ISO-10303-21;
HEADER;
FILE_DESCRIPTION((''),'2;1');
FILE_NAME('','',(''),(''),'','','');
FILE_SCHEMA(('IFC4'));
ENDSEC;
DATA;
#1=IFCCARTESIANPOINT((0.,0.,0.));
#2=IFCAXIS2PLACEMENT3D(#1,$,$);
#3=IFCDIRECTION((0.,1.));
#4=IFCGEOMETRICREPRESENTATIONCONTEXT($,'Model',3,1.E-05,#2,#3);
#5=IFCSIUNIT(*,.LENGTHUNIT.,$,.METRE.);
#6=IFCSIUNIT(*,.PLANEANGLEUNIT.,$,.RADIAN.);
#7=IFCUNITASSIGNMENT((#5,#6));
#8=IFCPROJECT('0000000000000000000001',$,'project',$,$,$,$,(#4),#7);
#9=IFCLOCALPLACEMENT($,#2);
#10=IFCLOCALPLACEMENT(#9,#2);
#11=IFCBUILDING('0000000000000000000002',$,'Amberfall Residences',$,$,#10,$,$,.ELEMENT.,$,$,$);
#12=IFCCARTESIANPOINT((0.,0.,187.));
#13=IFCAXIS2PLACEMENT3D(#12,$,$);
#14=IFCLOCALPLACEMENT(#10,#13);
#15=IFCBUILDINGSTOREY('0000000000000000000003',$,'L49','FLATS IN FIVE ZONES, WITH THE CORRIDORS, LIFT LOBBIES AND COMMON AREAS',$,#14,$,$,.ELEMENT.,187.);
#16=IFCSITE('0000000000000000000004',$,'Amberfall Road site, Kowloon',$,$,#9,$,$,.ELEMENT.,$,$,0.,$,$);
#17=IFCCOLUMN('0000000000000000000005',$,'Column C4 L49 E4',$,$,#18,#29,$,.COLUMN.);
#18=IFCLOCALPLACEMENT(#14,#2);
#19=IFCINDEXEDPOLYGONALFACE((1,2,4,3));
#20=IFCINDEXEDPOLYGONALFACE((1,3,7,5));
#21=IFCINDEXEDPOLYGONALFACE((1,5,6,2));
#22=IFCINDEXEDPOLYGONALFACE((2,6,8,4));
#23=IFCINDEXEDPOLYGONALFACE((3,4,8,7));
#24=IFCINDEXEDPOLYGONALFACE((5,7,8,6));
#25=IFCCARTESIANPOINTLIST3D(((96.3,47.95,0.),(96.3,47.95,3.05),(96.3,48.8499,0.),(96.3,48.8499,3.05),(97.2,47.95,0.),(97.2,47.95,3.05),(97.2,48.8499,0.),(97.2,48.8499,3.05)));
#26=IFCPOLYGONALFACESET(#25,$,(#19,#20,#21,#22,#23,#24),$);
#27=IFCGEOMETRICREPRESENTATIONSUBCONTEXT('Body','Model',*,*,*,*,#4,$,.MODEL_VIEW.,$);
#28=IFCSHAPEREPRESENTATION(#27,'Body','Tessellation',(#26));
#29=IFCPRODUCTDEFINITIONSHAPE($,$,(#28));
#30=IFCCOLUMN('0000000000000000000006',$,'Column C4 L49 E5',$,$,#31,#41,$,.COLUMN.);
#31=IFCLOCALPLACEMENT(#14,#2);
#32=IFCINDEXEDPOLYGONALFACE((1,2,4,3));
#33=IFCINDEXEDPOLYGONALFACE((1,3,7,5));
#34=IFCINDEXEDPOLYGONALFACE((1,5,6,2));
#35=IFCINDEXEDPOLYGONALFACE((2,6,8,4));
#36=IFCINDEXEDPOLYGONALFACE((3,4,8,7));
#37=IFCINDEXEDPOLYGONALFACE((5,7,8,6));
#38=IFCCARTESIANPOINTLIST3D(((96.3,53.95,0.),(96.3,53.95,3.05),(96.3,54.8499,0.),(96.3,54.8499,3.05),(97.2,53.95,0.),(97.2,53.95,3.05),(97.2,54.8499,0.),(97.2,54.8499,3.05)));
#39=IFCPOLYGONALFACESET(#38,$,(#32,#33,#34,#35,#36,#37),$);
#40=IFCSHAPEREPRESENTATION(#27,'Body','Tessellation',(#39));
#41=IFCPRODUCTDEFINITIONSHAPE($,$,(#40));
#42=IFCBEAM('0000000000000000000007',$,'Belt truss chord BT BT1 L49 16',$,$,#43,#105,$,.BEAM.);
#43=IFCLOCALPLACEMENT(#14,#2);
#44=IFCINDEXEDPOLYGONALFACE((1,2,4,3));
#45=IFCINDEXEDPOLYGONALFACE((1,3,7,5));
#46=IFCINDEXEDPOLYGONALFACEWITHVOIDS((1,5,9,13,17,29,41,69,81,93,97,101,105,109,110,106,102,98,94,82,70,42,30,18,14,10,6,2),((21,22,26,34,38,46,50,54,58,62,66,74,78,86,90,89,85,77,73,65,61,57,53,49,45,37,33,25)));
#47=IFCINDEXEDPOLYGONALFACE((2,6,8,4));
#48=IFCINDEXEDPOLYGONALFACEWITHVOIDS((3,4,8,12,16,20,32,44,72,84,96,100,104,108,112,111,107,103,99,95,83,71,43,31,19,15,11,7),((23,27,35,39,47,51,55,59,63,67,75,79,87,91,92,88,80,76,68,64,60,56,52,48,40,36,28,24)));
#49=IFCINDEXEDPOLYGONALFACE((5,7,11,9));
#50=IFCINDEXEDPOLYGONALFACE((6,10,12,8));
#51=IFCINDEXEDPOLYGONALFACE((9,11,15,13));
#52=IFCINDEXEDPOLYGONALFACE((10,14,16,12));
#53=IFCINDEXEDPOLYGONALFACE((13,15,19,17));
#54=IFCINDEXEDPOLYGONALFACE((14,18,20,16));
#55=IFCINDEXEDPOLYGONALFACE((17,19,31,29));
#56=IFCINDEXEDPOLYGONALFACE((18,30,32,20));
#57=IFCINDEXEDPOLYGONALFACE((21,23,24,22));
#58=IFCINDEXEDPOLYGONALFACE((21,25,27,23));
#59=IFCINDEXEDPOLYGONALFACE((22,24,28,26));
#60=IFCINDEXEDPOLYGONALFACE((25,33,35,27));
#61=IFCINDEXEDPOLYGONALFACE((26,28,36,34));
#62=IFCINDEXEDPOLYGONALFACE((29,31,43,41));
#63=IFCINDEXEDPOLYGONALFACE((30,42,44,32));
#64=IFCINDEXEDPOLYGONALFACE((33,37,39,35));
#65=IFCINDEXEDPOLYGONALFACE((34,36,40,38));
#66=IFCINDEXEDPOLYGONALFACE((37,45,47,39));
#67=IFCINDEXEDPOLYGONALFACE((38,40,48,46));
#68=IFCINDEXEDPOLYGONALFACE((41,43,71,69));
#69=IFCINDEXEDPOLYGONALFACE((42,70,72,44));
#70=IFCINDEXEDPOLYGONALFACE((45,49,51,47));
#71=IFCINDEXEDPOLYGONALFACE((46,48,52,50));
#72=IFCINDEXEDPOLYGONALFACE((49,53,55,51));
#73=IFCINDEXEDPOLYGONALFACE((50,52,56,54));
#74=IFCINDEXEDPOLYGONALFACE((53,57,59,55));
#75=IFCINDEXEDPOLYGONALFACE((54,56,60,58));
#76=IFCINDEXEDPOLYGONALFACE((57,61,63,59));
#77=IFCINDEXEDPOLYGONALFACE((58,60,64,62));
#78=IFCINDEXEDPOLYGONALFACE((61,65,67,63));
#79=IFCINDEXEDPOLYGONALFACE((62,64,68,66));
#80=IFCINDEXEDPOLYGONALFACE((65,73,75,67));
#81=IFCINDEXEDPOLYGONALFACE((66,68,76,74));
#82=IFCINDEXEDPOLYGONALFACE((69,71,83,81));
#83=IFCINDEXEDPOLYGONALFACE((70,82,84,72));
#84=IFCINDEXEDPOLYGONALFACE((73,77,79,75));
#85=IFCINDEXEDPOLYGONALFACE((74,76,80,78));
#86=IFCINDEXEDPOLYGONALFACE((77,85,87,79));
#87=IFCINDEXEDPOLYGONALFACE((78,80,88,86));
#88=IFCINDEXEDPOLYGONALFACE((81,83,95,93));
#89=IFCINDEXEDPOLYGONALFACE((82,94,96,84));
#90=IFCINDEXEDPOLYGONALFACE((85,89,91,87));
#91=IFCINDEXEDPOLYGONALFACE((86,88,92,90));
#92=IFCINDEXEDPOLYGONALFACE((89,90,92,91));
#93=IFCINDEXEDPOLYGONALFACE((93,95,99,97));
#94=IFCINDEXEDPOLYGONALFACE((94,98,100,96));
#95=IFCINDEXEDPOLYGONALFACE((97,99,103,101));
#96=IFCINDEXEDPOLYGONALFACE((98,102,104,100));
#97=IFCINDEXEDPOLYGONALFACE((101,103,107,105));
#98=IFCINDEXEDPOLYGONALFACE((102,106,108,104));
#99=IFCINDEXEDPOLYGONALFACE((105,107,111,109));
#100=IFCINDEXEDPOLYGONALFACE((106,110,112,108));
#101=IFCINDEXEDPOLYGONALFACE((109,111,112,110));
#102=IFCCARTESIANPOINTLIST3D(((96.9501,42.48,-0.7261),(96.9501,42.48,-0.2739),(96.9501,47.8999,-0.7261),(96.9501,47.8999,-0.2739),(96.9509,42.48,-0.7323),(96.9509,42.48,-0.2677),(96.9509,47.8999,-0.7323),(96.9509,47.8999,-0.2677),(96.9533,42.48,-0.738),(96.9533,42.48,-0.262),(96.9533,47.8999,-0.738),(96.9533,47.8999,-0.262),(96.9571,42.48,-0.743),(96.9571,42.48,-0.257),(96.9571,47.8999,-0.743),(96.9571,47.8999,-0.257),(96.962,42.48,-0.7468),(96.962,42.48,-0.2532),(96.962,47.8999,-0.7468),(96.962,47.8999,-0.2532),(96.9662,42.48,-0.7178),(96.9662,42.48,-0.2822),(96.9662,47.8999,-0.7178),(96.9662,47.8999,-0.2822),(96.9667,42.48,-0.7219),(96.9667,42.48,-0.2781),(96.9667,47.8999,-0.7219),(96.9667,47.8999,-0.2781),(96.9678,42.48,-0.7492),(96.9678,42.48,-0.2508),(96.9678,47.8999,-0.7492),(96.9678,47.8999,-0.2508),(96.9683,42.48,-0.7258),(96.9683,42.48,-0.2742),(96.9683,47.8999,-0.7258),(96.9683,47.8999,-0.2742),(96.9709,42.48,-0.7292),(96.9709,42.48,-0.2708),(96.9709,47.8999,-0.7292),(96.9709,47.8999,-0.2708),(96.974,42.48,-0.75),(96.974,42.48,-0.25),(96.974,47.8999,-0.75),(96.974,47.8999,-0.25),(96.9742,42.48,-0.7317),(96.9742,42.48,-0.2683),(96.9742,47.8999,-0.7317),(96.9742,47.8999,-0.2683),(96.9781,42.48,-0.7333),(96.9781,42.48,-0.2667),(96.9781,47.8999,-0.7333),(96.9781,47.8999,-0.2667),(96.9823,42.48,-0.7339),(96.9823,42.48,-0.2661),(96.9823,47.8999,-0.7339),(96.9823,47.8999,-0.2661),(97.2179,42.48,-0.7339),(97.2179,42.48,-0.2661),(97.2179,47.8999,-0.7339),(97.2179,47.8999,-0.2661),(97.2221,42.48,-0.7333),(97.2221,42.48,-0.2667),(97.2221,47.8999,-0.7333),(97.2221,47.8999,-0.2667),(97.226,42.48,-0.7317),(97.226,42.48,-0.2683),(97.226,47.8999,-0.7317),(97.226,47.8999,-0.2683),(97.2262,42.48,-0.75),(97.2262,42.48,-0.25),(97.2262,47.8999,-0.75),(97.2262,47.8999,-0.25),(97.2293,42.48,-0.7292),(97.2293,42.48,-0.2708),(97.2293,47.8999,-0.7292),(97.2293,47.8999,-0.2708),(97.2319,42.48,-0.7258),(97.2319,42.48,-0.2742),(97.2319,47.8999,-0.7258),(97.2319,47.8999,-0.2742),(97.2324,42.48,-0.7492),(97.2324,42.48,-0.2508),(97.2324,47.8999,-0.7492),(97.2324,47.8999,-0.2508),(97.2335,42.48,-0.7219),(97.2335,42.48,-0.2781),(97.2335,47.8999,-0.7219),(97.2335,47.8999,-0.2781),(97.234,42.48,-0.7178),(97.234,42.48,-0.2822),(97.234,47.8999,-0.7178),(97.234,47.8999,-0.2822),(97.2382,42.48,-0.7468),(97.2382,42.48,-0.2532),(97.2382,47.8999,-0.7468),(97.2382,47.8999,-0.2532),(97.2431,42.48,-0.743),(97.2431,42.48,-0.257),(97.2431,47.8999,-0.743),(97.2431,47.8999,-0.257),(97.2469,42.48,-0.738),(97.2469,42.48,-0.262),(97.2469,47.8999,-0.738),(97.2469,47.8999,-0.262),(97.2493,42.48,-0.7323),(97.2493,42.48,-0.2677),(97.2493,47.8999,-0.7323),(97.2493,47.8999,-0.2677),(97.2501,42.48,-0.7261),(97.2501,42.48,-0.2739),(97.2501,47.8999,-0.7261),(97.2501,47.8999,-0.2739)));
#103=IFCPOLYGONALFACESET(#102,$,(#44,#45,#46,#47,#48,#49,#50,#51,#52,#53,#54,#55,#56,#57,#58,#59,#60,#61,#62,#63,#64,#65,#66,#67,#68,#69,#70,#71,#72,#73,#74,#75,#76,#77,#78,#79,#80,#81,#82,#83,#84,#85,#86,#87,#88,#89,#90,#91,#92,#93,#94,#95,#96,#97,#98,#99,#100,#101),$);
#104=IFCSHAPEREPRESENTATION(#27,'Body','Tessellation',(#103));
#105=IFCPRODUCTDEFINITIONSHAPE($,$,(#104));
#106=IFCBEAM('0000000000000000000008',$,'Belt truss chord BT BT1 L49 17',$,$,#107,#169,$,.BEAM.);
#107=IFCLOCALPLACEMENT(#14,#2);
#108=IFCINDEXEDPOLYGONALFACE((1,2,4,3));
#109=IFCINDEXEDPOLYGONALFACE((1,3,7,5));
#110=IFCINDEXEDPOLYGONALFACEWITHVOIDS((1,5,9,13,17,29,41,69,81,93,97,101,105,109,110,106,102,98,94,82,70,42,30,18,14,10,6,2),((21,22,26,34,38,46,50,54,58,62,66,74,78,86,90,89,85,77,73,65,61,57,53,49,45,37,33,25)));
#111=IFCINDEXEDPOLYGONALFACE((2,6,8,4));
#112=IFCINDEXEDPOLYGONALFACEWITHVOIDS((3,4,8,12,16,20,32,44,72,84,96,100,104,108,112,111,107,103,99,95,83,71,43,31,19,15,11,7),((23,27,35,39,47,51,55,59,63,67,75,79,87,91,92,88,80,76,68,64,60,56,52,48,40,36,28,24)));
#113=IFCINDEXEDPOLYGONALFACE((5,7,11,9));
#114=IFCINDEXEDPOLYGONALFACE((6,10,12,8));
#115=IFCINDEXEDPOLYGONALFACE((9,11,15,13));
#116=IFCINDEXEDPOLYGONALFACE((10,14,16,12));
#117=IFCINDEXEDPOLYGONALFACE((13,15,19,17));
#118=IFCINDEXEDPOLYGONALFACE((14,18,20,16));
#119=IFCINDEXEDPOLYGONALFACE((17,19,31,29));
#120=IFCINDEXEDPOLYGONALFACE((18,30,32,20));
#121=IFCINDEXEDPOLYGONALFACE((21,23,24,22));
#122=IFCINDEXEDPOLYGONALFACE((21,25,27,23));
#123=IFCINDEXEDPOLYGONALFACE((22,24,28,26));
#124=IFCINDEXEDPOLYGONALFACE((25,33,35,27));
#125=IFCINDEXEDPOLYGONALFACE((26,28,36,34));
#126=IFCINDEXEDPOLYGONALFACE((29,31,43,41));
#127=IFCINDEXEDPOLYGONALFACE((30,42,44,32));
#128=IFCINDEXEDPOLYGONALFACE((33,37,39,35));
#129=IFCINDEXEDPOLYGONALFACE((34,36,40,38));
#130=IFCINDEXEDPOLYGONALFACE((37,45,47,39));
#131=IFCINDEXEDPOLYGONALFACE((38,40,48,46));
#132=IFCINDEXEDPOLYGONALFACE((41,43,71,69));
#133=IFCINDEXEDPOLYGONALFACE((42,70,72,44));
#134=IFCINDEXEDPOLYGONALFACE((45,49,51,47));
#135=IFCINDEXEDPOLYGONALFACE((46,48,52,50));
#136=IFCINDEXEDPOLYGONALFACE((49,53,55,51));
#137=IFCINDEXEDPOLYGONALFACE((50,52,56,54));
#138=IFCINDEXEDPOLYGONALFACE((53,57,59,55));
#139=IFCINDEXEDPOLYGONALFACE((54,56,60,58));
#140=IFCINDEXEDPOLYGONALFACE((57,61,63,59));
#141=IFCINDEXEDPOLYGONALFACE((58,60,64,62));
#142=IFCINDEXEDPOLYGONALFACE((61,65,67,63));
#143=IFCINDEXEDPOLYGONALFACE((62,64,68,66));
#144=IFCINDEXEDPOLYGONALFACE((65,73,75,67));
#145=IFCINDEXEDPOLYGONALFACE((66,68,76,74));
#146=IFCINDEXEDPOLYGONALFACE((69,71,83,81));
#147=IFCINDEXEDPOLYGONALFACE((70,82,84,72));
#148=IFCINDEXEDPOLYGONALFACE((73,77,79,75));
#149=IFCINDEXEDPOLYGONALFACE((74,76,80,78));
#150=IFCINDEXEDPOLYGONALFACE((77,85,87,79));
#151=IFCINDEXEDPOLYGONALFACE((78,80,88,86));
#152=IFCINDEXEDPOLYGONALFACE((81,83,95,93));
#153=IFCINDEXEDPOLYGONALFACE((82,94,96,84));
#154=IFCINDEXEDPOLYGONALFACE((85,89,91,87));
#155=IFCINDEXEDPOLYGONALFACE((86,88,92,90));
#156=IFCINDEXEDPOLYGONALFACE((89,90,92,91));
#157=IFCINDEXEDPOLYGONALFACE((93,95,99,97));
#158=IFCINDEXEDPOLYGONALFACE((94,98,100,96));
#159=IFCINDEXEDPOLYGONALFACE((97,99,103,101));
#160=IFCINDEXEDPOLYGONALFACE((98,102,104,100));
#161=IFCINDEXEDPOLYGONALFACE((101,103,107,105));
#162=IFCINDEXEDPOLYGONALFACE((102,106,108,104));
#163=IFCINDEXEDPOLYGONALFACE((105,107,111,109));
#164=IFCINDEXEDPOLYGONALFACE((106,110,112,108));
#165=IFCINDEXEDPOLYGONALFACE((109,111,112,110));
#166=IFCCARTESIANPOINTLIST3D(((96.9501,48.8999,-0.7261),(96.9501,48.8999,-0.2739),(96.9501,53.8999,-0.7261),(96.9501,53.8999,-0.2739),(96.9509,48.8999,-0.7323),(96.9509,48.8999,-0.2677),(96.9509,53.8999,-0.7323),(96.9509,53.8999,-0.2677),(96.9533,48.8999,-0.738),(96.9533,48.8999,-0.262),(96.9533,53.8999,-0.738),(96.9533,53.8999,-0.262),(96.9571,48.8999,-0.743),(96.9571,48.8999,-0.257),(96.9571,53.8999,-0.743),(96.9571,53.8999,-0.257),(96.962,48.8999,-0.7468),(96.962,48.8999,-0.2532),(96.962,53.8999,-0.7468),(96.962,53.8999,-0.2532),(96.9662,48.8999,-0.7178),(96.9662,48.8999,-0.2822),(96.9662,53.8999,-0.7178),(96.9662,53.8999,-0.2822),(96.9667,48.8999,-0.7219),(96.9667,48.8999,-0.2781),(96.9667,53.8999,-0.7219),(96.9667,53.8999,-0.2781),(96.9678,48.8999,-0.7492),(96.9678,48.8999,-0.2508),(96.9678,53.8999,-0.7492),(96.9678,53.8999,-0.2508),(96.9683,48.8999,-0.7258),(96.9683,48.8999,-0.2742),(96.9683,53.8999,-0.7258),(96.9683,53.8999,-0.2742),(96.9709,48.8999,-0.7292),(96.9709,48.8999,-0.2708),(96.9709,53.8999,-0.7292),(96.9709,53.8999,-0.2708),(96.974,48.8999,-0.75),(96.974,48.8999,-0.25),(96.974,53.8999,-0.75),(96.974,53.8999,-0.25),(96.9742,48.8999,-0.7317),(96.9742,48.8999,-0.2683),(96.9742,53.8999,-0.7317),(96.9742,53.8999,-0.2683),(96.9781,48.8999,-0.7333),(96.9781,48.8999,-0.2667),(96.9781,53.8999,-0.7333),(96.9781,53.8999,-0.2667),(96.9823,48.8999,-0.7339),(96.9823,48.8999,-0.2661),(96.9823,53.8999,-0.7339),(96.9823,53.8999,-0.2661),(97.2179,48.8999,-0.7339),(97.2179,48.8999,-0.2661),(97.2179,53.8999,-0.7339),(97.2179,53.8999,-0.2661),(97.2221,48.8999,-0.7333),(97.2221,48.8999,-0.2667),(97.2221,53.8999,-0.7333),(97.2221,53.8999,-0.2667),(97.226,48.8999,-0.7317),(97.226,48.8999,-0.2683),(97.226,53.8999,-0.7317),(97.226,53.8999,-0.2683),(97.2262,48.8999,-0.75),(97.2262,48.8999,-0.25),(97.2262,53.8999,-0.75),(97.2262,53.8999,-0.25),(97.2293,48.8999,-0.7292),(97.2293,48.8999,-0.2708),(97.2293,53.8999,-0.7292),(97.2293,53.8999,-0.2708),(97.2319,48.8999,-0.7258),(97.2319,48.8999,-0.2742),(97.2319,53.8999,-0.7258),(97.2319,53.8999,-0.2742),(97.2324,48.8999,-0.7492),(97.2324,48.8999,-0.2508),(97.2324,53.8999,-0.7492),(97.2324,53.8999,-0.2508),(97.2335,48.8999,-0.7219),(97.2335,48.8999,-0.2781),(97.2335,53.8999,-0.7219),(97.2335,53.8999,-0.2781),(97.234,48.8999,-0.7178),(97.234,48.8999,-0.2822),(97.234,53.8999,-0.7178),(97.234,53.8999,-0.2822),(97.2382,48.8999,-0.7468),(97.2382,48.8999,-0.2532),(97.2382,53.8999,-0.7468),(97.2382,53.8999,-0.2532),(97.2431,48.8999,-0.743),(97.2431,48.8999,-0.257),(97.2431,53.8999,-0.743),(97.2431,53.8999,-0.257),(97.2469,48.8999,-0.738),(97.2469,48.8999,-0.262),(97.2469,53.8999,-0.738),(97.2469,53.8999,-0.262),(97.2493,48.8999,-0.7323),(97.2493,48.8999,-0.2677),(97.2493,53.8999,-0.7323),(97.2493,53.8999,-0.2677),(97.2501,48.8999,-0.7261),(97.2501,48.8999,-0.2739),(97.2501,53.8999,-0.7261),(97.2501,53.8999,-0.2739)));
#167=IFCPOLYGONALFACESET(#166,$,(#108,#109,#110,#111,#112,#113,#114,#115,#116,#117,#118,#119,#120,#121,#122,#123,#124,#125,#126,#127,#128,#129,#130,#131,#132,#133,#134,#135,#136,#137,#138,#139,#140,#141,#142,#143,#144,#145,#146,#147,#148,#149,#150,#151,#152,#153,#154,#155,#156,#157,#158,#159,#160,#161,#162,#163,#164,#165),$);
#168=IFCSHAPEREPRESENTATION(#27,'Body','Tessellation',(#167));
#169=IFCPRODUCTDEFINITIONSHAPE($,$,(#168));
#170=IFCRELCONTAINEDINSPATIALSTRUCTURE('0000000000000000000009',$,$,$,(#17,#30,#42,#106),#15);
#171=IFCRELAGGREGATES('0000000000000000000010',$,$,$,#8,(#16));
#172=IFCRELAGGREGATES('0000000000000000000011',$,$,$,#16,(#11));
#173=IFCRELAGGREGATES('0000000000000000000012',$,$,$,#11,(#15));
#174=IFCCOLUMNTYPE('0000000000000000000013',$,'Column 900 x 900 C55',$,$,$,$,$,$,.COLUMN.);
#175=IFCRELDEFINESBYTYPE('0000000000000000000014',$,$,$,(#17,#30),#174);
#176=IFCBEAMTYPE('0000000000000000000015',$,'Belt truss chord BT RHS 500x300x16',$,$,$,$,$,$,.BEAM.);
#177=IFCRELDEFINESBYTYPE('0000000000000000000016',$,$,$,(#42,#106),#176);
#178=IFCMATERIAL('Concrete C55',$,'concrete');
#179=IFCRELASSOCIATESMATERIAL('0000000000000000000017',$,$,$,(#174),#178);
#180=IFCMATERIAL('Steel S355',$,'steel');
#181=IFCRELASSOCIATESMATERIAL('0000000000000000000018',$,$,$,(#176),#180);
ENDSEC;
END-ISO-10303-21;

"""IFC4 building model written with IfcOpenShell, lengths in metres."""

from ifc_helpers import new_model, si_unit, direction, frame, origin, origin_2d, place, context, subcontext, project, spatial, rectangle, hollow_rectangle, extrude, material, material_profile, profile_set, type_object, element, save


model = new_model("IFC4")

# Units and contexts
model_context = context("Model", 3, precision=1e-05, world=origin(), true_north=direction((0.0, 1.0)))
body_context = subcontext(model_context, "Body", "Model", "MODEL_VIEW")
ifc_project = project(units=[si_unit("LENGTHUNIT", "METRE"), si_unit("PLANEANGLEUNIT", "RADIAN")], contexts=[model_context])

# Site, building, storey
site_placement = place(None, origin())
site = spatial("IfcSite", under=ifc_project, at=site_placement, Name="Amberfall Road site, Kowloon", CompositionType="ELEMENT", RefElevation=0.0)
building_placement = place(site_placement, origin())
building = spatial("IfcBuilding", under=site, at=building_placement, Name="Amberfall Residences", CompositionType="ELEMENT")
storey_placement = place(building_placement, frame((0.0, 0.0, 187.0)))
storey = spatial("IfcBuildingStorey", under=building, at=storey_placement, Name="L49", Description="FLATS IN FIVE ZONES, WITH THE CORRIDORS, LIFT LOBBIES AND COMMON AREAS", CompositionType="ELEMENT", Elevation=187.0)

# Columns
ifc_material_1 = material(Name="Concrete C55", Category="concrete")
ifc_material_profile_1 = material_profile(ifc_material_1, rectangle(XDim=0.8999, YDim=0.8999, at=origin_2d()), Name="Column 900 x 900 C55")
ifc_profile_set_1 = profile_set([ifc_material_profile_1], Name="Concrete C55")
column_type = type_object("IfcColumnType", Name="Column 900 x 900 C55", PredefinedType="COLUMN", material=ifc_profile_set_1)
for number, where, z_axis, x_axis, name in (
    (1, (96.75, 48.3999, 0.0), (0.0, 0.0, 1.0), (1.0, 0.0, 0.0), "Column C4 L49 E4"),
    (2, (96.75, 54.3999, 0.0), (0.0, 0.0, 1.0), (1.0, 0.0, 0.0), "Column C4 L49 E5"),
):
    element("IfcColumn", number, at=place(storey_placement, frame(where, z_axis=z_axis, x_axis=x_axis)), inside=storey, type_object=column_type, Name=name, PredefinedType="COLUMN", context=body_context, shape_type="SweptSolid", body=[
        extrude(rectangle(XDim=0.8999, YDim=0.8999, at=origin_2d()), origin(), (0.0, 0.0, 1.0), 3.05),
    ])

# Beams
ifc_material_2 = material(Name="Steel S355", Category="steel")
ifc_material_profile_2 = material_profile(ifc_material_2, hollow_rectangle(XDim=0.3, YDim=0.5, WallThickness=0.0161, InnerFilletRadius=0.0161, OuterFilletRadius=0.0239, at=origin_2d()), Name="RHS 500x300x16")
ifc_profile_set_2 = profile_set([ifc_material_profile_2], Name="Steel S355")
beam_type_1 = type_object("IfcBeamType", Name="Belt truss chord BT RHS 500x300x16", PredefinedType="BEAM", material=ifc_profile_set_2)
beam_1_placement = place(storey_placement, frame((97.1001, 42.48, -0.5), z_axis=(0.0, 1.0, 0.0), x_axis=(-1.0, 0.0, 0.0)))
element("IfcBeam", 3, at=beam_1_placement, inside=storey, type_object=beam_type_1, Name="Belt truss chord BT BT1 L49 16", PredefinedType="BEAM", context=body_context, shape_type="SweptSolid", body=[
    extrude(hollow_rectangle(XDim=0.3, YDim=0.5, WallThickness=0.0161, InnerFilletRadius=0.0161, OuterFilletRadius=0.0239, at=origin_2d()), origin(), (0.0, 0.0, 1.0), 5.4199),
])
for number, where, z_axis, x_axis, name in (
    (4, (97.1001, 48.8999, -0.5), (0.0, 1.0, 0.0), (-1.0, 0.0, 0.0), "Belt truss chord BT BT1 L49 17"),
):
    element("IfcBeam", number, at=place(storey_placement, frame(where, z_axis=z_axis, x_axis=x_axis)), inside=storey, type_object=beam_type_1, Name=name, PredefinedType="BEAM", context=body_context, shape_type="SweptSolid", body=[
        extrude(hollow_rectangle(XDim=0.3, YDim=0.5, WallThickness=0.0161, InnerFilletRadius=0.0161, OuterFilletRadius=0.0239, at=origin_2d()), origin(), (0.0, 0.0, 1.0), 5.0),
    ])

save(model, "model.ifc")
